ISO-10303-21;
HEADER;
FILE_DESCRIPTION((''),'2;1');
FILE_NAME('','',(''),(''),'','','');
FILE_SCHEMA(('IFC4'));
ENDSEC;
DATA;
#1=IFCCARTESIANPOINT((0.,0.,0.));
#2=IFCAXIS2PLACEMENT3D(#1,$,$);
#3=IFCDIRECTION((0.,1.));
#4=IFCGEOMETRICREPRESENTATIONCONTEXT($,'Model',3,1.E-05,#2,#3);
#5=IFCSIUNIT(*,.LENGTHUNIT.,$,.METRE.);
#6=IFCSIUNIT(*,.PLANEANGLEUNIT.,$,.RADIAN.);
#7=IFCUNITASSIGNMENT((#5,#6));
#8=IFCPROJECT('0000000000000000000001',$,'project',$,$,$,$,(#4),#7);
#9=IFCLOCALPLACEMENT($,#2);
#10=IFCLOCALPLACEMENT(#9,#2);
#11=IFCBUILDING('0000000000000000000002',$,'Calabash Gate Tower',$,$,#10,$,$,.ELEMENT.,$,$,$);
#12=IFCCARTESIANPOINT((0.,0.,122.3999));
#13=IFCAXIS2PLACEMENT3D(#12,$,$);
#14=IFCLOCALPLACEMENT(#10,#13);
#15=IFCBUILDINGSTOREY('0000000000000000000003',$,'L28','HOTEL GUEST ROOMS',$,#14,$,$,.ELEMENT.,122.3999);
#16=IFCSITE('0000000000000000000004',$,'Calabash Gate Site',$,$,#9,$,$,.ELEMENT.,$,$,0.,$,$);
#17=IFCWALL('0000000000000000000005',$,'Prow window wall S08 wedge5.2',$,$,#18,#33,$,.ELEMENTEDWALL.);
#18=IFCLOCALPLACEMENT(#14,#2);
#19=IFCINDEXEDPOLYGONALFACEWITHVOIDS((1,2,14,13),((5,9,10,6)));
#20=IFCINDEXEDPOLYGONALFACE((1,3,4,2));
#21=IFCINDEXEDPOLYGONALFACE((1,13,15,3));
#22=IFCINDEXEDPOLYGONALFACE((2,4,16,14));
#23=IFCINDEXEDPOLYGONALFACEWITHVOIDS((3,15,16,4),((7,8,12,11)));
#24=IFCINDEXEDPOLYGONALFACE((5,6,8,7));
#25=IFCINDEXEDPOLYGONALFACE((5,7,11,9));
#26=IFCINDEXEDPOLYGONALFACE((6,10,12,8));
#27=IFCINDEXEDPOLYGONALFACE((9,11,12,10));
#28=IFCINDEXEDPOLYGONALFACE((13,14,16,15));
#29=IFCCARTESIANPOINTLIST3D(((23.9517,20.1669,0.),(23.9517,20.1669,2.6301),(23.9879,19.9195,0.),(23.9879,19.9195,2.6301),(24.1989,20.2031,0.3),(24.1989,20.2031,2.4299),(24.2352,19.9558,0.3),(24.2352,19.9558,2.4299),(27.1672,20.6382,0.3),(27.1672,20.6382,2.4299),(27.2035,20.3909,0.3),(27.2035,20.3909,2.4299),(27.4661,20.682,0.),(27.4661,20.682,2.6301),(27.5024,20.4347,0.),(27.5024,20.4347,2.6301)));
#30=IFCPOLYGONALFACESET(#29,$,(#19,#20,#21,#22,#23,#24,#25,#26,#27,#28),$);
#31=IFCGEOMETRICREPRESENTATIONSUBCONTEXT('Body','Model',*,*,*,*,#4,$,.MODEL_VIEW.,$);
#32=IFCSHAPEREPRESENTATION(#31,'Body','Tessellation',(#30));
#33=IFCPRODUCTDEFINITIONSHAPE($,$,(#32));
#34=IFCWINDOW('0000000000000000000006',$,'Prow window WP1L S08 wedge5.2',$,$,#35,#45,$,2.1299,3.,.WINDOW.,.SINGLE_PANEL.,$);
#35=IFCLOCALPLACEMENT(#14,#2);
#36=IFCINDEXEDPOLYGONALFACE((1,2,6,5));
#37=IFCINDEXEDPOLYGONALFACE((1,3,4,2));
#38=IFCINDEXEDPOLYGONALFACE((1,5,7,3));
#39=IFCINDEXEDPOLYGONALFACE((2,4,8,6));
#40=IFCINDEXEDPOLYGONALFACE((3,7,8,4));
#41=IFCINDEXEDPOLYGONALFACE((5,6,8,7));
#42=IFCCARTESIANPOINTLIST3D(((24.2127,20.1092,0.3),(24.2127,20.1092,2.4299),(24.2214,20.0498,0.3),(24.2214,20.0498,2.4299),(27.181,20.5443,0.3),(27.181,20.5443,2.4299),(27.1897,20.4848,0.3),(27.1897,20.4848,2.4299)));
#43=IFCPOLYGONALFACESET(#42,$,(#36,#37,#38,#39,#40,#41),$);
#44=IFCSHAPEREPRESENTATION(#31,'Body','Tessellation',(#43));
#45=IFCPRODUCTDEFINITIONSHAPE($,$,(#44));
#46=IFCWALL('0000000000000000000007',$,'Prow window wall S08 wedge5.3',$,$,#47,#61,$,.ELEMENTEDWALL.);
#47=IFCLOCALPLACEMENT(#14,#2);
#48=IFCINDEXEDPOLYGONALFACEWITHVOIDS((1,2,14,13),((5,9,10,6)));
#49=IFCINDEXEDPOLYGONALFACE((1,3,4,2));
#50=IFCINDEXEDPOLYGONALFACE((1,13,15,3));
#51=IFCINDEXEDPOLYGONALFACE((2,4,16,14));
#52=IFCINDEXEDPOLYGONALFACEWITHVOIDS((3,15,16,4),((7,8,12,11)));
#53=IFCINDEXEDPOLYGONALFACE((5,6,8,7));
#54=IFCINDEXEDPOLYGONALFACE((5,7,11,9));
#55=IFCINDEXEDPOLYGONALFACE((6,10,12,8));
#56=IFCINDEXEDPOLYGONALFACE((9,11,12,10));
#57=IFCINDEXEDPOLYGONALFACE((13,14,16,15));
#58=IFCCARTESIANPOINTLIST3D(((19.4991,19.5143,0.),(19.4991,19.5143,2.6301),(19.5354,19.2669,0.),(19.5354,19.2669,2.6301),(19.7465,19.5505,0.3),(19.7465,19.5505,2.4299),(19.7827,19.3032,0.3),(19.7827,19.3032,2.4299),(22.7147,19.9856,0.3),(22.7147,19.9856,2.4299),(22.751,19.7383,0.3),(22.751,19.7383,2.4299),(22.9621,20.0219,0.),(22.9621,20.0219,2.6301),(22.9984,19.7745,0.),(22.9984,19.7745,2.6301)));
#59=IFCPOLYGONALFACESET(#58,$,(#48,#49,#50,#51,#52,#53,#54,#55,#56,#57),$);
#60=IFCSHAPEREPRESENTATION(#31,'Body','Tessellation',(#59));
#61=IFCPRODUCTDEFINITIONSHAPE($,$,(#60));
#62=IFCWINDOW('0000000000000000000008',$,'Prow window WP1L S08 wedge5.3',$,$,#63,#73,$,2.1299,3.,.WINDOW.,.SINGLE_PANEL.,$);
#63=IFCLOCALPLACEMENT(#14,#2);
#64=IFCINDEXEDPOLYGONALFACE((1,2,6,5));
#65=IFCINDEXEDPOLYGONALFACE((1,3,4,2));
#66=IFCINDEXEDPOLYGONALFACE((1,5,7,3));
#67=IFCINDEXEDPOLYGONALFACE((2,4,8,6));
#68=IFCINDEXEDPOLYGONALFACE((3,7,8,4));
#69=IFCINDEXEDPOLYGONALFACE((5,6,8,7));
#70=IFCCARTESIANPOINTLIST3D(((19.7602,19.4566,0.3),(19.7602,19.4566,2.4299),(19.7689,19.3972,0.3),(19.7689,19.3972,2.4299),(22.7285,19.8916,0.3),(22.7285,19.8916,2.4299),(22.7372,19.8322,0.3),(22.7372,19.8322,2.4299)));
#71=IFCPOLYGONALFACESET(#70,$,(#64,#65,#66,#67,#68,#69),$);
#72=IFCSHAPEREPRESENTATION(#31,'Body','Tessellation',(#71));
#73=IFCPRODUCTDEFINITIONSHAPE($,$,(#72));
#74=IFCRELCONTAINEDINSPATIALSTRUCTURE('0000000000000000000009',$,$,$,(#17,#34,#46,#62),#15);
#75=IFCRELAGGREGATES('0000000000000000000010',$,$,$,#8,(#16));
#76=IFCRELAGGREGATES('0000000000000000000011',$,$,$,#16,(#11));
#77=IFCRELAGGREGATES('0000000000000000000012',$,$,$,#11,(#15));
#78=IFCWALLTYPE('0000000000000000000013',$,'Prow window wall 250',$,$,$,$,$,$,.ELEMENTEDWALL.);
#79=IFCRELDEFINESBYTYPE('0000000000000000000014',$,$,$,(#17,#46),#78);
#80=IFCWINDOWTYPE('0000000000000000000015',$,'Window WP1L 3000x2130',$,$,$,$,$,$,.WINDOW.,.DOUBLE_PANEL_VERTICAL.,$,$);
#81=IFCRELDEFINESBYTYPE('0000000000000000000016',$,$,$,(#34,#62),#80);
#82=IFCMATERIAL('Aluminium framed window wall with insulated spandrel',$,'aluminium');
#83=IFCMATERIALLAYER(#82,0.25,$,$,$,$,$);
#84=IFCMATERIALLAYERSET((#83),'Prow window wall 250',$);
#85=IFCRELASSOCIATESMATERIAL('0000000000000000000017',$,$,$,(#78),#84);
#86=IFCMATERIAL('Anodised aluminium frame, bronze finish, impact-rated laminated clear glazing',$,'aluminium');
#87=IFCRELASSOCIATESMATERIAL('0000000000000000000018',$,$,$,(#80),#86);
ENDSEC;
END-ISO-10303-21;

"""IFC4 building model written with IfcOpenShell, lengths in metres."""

from ifc_helpers import new_model, si_unit, direction, frame, frame_2d, origin, place, context, subcontext, project, spatial, rectangle, extrude, material, layer, layer_set, type_object, element, fill, save


model = new_model("IFC4")

# Units and contexts
model_context = context("Model", 3, precision=1e-05, world=origin(), true_north=direction((0.0, 1.0)))
body_context = subcontext(model_context, "Body", "Model", "MODEL_VIEW")
ifc_project = project(units=[si_unit("LENGTHUNIT", "METRE"), si_unit("PLANEANGLEUNIT", "RADIAN")], contexts=[model_context])

# Site, building, storey
site_placement = place(None, origin())
site = spatial("IfcSite", under=ifc_project, at=site_placement, Name="Calabash Gate Site", CompositionType="ELEMENT", RefElevation=0.0)
building_placement = place(site_placement, origin())
building = spatial("IfcBuilding", under=site, at=building_placement, Name="Calabash Gate Tower", CompositionType="ELEMENT")
storey_placement = place(building_placement, frame((0.0, 0.0, 122.3999)))
storey = spatial("IfcBuildingStorey", under=building, at=storey_placement, Name="L28", Description="HOTEL GUEST ROOMS", CompositionType="ELEMENT", Elevation=122.3999)

# Walls, openings, windows
ifc_material_1 = material(Name="Aluminium framed window wall with insulated spandrel", Category="aluminium")
ifc_layer_1 = layer(ifc_material_1, 0.25)
ifc_layer_set_1 = layer_set([ifc_layer_1], Name="Prow window wall 250")
wall_type_1 = type_object("IfcWallType", Name="Prow window wall 250", PredefinedType="ELEMENTEDWALL", material=ifc_layer_set_1)
ifc_material_2 = material(Name="Anodised aluminium frame, bronze finish, impact-rated laminated clear glazing", Category="aluminium")
window_type = type_object("IfcWindowType", Name="Window WP1L 3000x2130", PartitioningType="DOUBLE_PANEL_VERTICAL", PredefinedType="WINDOW", material=ifc_material_2)
wall_1_placement = place(storey_placement, frame((27.4841, 20.5583, 0.0), z_axis=(0.0, 0.0, 1.0), x_axis=(-0.989427, -0.145029, 0.0)))
wall_1 = element("IfcWall", 1, at=wall_1_placement, inside=storey, type_object=wall_type_1, Name="Prow window wall S08 wedge5.2", PredefinedType="ELEMENTEDWALL", context=body_context, shape_type="SweptSolid", body=[
    extrude(rectangle(XDim=3.552, YDim=0.25, at=frame_2d((1.7759, 0.0))), origin(), (0.0, 0.0, 1.0), 2.6301),
])
opening_1_placement = place(wall_1_placement, frame((0.302, 0.0, 0.3)))
opening_1 = element("IfcOpeningElement", 2, at=opening_1_placement, cuts=wall_1, PredefinedType="OPENING", context=body_context, shape_type="SweptSolid", body=[
    extrude(rectangle(XDim=3.0, YDim=2.1299, at=frame_2d((1.5, 1.0649))), frame((0.0, 0.135, 0.0), z_axis=(0.0, -1.0, 0.0), x_axis=(1.0, 0.0, 0.0)), (0.0, 0.0, 1.0), 0.27),
])
window_1_placement = place(opening_1_placement, origin())
window_1 = element("IfcWindow", 3, at=window_1_placement, inside=storey, type_object=window_type, Name="Prow window WP1L S08 wedge5.2", OverallHeight=2.1299, OverallWidth=3.0, PartitioningType="SINGLE_PANEL", PredefinedType="WINDOW", context=body_context, shape_type="SweptSolid", body=[
    extrude(rectangle(XDim=3.0, YDim=2.1299, at=frame_2d((1.5, 1.0649))), frame((0.0, 0.03, 0.0), z_axis=(0.0, -1.0, 0.0), x_axis=(1.0, 0.0, 0.0)), (0.0, 0.0, 1.0), 0.0601),
])
fill(opening_1, window_1)
wall_2_placement = place(storey_placement, frame((22.9802, 19.8982, 0.0), z_axis=(0.0, 0.0, 1.0), x_axis=(-0.989428, -0.145024, 0.0)))
wall_2 = element("IfcWall", 4, at=wall_2_placement, inside=storey, type_object=wall_type_1, Name="Prow window wall S08 wedge5.3", PredefinedType="ELEMENTEDWALL", context=body_context, shape_type="SweptSolid", body=[
    extrude(rectangle(XDim=3.5, YDim=0.25, at=frame_2d((1.75, 0.0))), origin(), (0.0, 0.0, 1.0), 2.6301),
])
opening_2_placement = place(wall_2_placement, frame((0.25, 0.0, 0.3)))
opening_2 = element("IfcOpeningElement", 5, at=opening_2_placement, cuts=wall_2, PredefinedType="OPENING", context=body_context, shape_type="SweptSolid", body=[
    extrude(rectangle(XDim=3.0, YDim=2.1299, at=frame_2d((1.5, 1.0649))), frame((0.0, 0.135, 0.0), z_axis=(0.0, -1.0, 0.0), x_axis=(1.0, 0.0, 0.0)), (0.0, 0.0, 1.0), 0.27),
])
window_2_placement = place(opening_2_placement, origin())
window_2 = element("IfcWindow", 6, at=window_2_placement, inside=storey, type_object=window_type, Name="Prow window WP1L S08 wedge5.3", OverallHeight=2.1299, OverallWidth=3.0, PartitioningType="SINGLE_PANEL", PredefinedType="WINDOW", context=body_context, shape_type="SweptSolid", body=[
    extrude(rectangle(XDim=3.0, YDim=2.1299, at=frame_2d((1.5, 1.0649))), frame((0.0, 0.03, 0.0), z_axis=(0.0, -1.0, 0.0), x_axis=(1.0, 0.0, 0.0)), (0.0, 0.0, 1.0), 0.0601),
])
fill(opening_2, window_2)

save(model, "model.ifc")
